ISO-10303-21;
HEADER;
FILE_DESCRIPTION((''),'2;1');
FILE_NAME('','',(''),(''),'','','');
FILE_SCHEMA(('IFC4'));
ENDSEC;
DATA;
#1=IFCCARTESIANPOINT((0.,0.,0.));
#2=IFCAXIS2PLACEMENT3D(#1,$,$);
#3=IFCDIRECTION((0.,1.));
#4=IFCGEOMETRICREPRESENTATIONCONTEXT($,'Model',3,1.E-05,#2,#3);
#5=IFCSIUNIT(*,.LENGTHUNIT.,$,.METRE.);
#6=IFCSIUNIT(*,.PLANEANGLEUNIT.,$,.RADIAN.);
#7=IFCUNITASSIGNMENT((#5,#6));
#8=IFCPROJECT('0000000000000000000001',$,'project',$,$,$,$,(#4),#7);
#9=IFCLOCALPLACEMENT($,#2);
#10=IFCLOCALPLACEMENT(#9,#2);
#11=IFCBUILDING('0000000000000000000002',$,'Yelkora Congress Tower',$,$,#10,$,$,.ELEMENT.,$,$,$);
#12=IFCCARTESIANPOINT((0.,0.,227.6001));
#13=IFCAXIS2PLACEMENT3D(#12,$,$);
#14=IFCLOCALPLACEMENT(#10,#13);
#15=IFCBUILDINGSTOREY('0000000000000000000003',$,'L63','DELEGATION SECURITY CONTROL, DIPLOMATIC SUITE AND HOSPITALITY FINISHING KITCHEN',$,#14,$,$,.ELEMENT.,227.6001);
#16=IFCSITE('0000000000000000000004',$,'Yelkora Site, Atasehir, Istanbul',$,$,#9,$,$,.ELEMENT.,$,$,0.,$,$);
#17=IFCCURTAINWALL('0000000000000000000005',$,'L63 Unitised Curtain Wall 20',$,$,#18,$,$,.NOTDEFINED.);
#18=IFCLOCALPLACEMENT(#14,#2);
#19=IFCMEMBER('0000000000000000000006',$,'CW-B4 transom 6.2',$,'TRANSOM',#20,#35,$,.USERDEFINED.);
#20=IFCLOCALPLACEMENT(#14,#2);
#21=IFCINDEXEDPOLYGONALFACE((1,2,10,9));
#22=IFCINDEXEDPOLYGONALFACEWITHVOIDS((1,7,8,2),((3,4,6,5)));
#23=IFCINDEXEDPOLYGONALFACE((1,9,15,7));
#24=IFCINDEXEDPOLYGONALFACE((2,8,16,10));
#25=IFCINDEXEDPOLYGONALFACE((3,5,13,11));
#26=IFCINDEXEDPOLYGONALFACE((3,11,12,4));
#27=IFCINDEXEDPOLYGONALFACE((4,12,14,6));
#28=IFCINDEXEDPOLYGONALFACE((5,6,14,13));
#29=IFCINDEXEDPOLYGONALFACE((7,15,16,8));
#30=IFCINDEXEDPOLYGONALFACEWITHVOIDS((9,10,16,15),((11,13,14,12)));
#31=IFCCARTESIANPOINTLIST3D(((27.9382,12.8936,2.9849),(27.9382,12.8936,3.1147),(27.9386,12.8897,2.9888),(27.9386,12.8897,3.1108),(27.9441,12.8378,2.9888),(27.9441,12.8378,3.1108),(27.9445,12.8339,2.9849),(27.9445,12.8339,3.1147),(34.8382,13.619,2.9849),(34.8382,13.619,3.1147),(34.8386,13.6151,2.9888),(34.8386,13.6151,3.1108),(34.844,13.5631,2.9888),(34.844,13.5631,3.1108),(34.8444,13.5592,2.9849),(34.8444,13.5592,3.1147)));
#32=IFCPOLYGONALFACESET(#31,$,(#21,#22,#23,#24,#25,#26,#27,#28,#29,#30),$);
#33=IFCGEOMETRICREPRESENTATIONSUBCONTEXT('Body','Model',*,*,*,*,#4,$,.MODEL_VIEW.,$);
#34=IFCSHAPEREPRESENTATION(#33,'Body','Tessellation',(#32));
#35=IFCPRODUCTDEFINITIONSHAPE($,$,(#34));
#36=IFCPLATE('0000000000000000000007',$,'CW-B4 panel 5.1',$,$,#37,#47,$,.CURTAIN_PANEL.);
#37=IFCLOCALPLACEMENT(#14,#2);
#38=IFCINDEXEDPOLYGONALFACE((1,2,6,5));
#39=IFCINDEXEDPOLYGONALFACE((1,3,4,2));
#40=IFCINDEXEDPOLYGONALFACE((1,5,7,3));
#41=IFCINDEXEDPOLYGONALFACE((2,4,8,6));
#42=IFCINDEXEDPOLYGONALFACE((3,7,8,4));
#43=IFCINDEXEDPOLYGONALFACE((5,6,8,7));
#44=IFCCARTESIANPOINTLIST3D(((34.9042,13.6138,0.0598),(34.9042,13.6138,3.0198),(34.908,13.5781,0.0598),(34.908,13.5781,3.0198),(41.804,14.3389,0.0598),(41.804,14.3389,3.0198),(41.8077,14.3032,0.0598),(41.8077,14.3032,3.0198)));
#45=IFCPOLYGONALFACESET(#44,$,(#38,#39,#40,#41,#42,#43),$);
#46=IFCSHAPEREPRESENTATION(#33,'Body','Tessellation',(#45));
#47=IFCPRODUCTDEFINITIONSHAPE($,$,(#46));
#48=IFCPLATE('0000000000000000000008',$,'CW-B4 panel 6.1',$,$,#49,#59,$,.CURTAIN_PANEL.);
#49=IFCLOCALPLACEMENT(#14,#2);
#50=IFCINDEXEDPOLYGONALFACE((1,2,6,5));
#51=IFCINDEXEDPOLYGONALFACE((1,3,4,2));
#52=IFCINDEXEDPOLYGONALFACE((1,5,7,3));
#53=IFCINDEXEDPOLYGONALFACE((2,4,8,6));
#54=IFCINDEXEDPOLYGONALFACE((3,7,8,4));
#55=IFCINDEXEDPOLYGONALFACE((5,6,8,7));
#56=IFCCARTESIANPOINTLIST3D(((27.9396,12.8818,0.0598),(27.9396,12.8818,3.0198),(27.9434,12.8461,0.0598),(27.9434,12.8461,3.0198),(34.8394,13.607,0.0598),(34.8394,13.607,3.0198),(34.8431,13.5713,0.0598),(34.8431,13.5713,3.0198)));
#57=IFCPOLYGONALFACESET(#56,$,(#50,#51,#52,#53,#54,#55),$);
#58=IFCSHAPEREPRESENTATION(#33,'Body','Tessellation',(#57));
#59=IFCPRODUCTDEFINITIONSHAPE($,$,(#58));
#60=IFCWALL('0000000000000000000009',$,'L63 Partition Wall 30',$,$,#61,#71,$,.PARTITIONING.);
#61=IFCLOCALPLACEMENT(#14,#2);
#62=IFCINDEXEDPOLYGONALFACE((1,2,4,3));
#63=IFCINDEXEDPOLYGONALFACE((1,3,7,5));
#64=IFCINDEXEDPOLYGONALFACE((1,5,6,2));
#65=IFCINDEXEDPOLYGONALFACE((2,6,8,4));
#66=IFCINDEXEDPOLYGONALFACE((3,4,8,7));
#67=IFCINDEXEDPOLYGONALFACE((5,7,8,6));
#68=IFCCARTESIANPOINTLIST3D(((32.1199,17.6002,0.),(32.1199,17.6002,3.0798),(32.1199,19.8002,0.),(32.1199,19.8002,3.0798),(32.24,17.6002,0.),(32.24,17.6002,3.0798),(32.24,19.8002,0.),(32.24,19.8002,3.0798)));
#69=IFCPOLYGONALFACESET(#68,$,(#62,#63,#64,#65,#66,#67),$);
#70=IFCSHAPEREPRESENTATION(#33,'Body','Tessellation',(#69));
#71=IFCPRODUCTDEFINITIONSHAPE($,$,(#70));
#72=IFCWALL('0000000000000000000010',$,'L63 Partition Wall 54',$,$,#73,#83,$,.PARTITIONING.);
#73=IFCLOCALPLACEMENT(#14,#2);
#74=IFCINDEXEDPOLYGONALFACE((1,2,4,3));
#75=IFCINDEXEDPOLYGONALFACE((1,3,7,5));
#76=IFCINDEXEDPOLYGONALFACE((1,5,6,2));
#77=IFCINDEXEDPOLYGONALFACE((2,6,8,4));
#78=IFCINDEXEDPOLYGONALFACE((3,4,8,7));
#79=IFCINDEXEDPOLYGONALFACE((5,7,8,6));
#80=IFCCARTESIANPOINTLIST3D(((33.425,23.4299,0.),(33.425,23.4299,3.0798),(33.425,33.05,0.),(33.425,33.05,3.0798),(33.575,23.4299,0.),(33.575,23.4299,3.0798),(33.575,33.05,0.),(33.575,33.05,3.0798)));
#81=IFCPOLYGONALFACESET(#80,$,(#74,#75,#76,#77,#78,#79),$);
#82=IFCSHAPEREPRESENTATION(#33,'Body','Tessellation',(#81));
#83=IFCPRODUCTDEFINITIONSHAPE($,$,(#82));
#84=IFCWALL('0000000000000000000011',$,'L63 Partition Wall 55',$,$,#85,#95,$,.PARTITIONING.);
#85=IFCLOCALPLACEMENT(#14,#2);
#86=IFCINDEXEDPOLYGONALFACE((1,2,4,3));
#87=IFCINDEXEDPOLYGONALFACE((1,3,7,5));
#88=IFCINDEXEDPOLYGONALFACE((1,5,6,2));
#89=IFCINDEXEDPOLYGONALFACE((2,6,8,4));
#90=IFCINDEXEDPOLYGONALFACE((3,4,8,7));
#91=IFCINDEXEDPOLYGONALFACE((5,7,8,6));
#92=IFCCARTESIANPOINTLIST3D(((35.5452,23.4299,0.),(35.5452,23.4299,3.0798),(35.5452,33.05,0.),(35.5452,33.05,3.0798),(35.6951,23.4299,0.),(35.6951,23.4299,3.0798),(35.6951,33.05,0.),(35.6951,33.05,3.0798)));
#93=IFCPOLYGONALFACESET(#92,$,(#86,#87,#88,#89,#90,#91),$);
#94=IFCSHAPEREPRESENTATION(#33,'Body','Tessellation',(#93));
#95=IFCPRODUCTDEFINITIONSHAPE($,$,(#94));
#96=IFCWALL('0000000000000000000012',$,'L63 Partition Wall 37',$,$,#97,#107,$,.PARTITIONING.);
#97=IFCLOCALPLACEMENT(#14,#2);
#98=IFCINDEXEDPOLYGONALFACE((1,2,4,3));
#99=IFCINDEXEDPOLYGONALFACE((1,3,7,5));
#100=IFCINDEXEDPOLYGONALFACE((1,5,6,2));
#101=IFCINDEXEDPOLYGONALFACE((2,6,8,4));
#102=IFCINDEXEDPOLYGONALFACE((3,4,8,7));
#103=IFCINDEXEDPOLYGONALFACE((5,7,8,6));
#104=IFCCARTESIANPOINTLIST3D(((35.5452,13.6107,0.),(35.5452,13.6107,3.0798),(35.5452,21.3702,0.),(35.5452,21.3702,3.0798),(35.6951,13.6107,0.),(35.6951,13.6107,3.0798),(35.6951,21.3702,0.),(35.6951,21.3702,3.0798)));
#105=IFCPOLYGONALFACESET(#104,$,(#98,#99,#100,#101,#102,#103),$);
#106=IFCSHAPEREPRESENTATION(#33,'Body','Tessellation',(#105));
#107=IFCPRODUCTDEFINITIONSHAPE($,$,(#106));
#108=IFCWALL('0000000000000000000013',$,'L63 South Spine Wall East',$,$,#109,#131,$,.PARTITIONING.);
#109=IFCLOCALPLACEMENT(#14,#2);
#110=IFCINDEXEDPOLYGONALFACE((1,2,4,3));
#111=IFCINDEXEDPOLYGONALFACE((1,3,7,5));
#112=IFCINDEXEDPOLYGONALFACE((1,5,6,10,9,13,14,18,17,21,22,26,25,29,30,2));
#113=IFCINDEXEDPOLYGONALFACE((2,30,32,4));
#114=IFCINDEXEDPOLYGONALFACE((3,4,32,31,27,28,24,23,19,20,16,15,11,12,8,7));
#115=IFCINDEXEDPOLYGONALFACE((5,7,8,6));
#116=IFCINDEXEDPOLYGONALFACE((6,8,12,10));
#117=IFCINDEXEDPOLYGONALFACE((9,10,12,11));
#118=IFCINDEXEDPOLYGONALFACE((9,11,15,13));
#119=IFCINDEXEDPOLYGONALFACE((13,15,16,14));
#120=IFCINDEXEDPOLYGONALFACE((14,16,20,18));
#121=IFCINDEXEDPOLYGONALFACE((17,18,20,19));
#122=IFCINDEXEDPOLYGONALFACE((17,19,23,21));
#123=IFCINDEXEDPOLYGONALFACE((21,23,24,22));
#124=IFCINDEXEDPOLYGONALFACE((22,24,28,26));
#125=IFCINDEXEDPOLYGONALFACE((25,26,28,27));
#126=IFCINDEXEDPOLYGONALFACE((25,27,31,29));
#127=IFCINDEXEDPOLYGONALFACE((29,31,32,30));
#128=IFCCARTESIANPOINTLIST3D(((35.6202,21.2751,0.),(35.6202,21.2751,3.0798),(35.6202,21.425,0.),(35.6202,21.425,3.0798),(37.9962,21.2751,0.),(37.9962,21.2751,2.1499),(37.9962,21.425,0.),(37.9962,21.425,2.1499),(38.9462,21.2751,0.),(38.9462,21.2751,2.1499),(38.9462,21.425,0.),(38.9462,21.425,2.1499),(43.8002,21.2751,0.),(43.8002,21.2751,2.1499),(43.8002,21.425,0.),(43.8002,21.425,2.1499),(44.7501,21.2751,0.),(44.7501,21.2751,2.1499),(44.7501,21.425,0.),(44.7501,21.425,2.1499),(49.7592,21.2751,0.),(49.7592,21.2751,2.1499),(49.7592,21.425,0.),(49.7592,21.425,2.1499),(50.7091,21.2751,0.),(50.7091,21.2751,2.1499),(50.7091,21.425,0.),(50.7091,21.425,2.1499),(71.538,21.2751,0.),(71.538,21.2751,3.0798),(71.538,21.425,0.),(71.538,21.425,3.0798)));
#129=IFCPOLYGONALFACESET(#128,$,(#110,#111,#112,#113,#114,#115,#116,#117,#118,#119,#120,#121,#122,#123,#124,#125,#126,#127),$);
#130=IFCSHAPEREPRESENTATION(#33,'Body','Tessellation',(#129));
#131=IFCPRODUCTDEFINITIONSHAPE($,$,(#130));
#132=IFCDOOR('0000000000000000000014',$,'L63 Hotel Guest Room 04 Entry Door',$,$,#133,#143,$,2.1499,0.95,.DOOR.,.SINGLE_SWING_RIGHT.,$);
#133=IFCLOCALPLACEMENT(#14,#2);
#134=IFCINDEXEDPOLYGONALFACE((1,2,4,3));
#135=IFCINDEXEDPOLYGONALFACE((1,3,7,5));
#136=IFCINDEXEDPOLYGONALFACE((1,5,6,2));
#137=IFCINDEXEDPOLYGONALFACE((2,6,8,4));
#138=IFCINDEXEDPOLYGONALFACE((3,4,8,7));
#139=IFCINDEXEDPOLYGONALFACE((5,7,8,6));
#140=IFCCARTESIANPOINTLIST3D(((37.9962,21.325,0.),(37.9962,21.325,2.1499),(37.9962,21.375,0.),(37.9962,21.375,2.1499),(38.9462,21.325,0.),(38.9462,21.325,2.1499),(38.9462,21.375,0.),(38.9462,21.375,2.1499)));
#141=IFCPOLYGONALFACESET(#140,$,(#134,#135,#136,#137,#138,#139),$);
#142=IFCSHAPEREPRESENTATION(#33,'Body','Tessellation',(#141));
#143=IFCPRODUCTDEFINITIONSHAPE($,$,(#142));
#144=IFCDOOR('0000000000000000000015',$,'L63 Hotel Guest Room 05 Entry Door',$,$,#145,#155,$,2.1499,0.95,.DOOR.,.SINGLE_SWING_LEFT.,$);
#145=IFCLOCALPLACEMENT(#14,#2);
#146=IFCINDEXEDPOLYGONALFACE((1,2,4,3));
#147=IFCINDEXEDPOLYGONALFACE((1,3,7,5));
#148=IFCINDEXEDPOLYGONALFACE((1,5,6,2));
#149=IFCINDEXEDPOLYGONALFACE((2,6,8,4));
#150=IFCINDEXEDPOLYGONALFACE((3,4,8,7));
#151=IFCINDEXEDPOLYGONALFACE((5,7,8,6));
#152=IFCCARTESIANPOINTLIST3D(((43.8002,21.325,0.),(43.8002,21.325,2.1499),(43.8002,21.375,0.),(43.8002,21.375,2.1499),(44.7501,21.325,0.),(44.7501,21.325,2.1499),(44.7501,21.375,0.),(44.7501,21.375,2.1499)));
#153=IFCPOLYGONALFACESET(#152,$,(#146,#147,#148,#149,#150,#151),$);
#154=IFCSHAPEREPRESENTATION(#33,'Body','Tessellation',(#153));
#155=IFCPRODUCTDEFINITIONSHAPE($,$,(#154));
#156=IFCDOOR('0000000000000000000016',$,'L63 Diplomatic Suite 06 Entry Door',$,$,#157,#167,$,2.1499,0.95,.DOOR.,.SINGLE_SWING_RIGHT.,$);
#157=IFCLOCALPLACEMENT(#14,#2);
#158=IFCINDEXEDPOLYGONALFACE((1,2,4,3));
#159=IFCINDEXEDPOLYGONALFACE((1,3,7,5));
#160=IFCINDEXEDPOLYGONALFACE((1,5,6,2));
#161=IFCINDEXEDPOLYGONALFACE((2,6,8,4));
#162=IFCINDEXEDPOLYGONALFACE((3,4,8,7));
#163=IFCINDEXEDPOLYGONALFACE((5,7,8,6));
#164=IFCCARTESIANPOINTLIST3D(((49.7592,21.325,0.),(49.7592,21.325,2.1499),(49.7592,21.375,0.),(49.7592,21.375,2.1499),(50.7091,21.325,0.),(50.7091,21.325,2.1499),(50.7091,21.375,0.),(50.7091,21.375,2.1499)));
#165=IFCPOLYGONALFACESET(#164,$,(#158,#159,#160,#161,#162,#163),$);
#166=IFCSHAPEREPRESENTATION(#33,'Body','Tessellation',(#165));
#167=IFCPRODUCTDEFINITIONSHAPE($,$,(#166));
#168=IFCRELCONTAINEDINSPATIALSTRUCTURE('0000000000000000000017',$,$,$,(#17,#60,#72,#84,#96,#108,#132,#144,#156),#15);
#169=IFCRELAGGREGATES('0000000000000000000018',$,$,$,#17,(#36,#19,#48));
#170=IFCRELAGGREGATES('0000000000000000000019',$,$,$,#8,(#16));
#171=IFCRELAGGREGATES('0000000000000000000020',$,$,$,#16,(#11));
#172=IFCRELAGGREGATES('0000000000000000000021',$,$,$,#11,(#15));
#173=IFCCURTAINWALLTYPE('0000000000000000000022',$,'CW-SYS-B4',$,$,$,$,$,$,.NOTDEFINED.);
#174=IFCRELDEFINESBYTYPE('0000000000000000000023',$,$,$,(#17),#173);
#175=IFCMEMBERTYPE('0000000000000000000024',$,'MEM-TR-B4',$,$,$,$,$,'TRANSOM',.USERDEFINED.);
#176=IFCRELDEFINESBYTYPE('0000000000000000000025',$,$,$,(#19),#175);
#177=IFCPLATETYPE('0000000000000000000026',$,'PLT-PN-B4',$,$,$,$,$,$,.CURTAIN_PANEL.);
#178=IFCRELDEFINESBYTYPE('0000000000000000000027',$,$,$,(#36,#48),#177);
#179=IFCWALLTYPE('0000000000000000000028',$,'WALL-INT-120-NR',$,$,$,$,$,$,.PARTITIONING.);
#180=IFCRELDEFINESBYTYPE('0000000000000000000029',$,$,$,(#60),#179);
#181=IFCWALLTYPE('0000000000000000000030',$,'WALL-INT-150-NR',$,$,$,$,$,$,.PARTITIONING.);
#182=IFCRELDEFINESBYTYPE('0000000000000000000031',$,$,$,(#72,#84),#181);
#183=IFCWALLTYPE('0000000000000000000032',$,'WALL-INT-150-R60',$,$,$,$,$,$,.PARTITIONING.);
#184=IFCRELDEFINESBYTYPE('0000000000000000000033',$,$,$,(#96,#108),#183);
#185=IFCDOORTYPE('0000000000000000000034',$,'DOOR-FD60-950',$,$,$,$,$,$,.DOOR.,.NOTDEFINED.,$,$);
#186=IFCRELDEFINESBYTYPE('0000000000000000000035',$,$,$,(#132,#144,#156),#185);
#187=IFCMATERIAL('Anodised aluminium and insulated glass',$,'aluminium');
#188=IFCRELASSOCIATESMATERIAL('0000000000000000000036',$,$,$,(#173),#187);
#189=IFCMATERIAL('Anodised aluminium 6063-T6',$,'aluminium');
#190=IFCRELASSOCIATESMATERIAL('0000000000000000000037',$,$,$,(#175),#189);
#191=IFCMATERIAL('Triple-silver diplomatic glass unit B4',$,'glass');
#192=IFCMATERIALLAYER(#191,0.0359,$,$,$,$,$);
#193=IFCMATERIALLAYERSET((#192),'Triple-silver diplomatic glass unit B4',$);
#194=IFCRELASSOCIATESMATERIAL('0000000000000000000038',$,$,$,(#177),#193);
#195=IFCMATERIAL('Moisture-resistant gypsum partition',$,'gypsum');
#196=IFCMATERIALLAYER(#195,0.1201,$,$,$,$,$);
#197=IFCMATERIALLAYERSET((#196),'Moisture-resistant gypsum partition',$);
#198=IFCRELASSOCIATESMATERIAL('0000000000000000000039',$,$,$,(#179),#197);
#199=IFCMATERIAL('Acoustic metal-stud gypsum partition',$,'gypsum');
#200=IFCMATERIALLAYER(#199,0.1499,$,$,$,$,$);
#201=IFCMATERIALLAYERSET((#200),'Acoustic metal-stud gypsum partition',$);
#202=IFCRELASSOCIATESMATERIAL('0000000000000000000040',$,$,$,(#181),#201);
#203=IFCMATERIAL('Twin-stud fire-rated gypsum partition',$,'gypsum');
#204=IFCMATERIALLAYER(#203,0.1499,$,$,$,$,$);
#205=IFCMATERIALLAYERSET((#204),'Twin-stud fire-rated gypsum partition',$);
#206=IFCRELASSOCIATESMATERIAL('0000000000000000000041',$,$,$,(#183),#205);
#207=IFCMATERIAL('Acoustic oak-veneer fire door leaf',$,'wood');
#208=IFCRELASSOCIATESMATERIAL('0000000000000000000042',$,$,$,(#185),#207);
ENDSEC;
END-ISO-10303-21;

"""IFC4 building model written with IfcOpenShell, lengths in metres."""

from ifc_helpers import new_model, si_unit, direction, frame, frame_2d, origin, origin_2d, place, context, subcontext, project, spatial, rectangle, hollow_rectangle, extrude, material, layer, layer_set, material_profile, profile_set, type_object, element, fill, aggregate, save


model = new_model("IFC4")

# Units and contexts
model_context = context("Model", 3, precision=1e-05, world=origin(), true_north=direction((0.0, 1.0)))
body_context = subcontext(model_context, "Body", "Model", "MODEL_VIEW")
ifc_project = project(units=[si_unit("LENGTHUNIT", "METRE"), si_unit("PLANEANGLEUNIT", "RADIAN")], contexts=[model_context])

# Site, building, storey
site_placement = place(None, origin())
site = spatial("IfcSite", under=ifc_project, at=site_placement, Name="Yelkora Site, Atasehir, Istanbul", CompositionType="ELEMENT", RefElevation=0.0)
building_placement = place(site_placement, origin())
building = spatial("IfcBuilding", under=site, at=building_placement, Name="Yelkora Congress Tower", CompositionType="ELEMENT")
storey_placement = place(building_placement, frame((0.0, 0.0, 227.6001)))
storey = spatial("IfcBuildingStorey", under=building, at=storey_placement, Name="L63", Description="DELEGATION SECURITY CONTROL, DIPLOMATIC SUITE AND HOSPITALITY FINISHING KITCHEN", CompositionType="ELEMENT", Elevation=227.6001)

# Curtain wall, member, plates
ifc_material_1 = material(Name="Anodised aluminium and insulated glass", Category="aluminium")
curtain_wall_type = type_object("IfcCurtainWallType", Name="CW-SYS-B4", PredefinedType="NOTDEFINED", material=ifc_material_1)
curtain_wall_placement = place(storey_placement, origin())
curtain_wall = element("IfcCurtainWall", 1, at=curtain_wall_placement, inside=storey, type_object=curtain_wall_type, Name="L63 Unitised Curtain Wall 20", PredefinedType="NOTDEFINED")
ifc_material_2 = material(Name="Anodised aluminium 6063-T6", Category="aluminium")
ifc_material_profile_1 = material_profile(ifc_material_2, hollow_rectangle(XDim=0.0601, YDim=0.1299, WallThickness=0.0039, at=origin_2d()), Name="ALU 60x130x4")
ifc_profile_set_1 = profile_set([ifc_material_profile_1], Name="Anodised aluminium 6063-T6")
member_type_1 = type_object("IfcMemberType", Name="MEM-TR-B4", ElementType="TRANSOM", PredefinedType="USERDEFINED", material=ifc_profile_set_1)
member_1_placement = place(storey_placement, frame((34.8413, 13.5891, 3.0498), z_axis=(-0.99452, -0.104547, 0.0), x_axis=(0.104547, -0.99452, 0.0)))
member_1 = element("IfcMember", 2, at=member_1_placement, type_object=member_type_1, Name="CW-B4 transom 6.2", ObjectType="TRANSOM", PredefinedType="USERDEFINED", context=body_context, shape_type="SweptSolid", body=[
    extrude(hollow_rectangle(XDim=0.0601, YDim=0.1299, WallThickness=0.0039, at=origin_2d()), origin(), (0.0, 0.0, 1.0), 6.938),
])
ifc_material_3 = material(Name="Triple-silver diplomatic glass unit B4", Category="glass")
ifc_layer_1 = layer(ifc_material_3, 0.0359)
ifc_layer_set_1 = layer_set([ifc_layer_1], Name="Triple-silver diplomatic glass unit B4")
plate_type = type_object("IfcPlateType", Name="PLT-PN-B4", PredefinedType="CURTAIN_PANEL", material=ifc_layer_set_1)
plate_1_placement = place(storey_placement, frame((38.356, 13.9585, 0.0598), z_axis=(0.0, 0.0, 1.0), x_axis=(-0.994522, -0.104527, 0.0)))
plate_1 = element("IfcPlate", 3, at=plate_1_placement, type_object=plate_type, Name="CW-B4 panel 5.1", PredefinedType="CURTAIN_PANEL", context=body_context, shape_type="SweptSolid", body=[
    extrude(rectangle(XDim=6.9377, YDim=0.0359, at=origin_2d()), origin(), (0.0, 0.0, 1.0), 2.96),
])
plate_2_placement = place(storey_placement, frame((31.3914, 13.2266, 0.0598), z_axis=(0.0, 0.0, 1.0), x_axis=(-0.994522, -0.104527, 0.0)))
plate_2 = element("IfcPlate", 4, at=plate_2_placement, type_object=plate_type, Name="CW-B4 panel 6.1", PredefinedType="CURTAIN_PANEL", context=body_context, shape_type="SweptSolid", body=[
    extrude(rectangle(XDim=6.9377, YDim=0.0359, at=origin_2d()), origin(), (0.0, 0.0, 1.0), 2.96),
])
aggregate(curtain_wall, [plate_1, member_1, plate_2])

# Walls
ifc_material_4 = material(Name="Moisture-resistant gypsum partition", Category="gypsum")
ifc_layer_2 = layer(ifc_material_4, 0.1201)
ifc_layer_set_2 = layer_set([ifc_layer_2], Name="Moisture-resistant gypsum partition")
wall_type_1 = type_object("IfcWallType", Name="WALL-INT-120-NR", PredefinedType="PARTITIONING", material=ifc_layer_set_2)
wall_1_placement = place(storey_placement, frame((32.1799, 17.6001, 0.0), z_axis=(0.0, 0.0, 1.0), x_axis=(0.0, 1.0, 0.0)))
element("IfcWall", 5, at=wall_1_placement, inside=storey, type_object=wall_type_1, Name="L63 Partition Wall 30", PredefinedType="PARTITIONING", context=body_context, shape_type="SweptSolid", body=[
    extrude(rectangle(XDim=2.2, YDim=0.1201, at=frame_2d((1.1001, 0.0))), origin(), (0.0, 0.0, 1.0), 3.0798),
])
ifc_material_5 = material(Name="Acoustic metal-stud gypsum partition", Category="gypsum")
ifc_layer_3 = layer(ifc_material_5, 0.1499)
ifc_layer_set_3 = layer_set([ifc_layer_3], Name="Acoustic metal-stud gypsum partition")
wall_type_2 = type_object("IfcWallType", Name="WALL-INT-150-NR", PredefinedType="PARTITIONING", material=ifc_layer_set_3)
for number, where, z_axis, x_axis, name in (
    (6, (33.5, 23.4299, 0.0), (0.0, 0.0, 1.0), (0.0, 1.0, 0.0), "L63 Partition Wall 54"),
    (7, (35.6201, 23.4299, 0.0), (0.0, 0.0, 1.0), (0.0, 1.0, 0.0), "L63 Partition Wall 55"),
):
    element("IfcWall", number, at=place(storey_placement, frame(where, z_axis=z_axis, x_axis=x_axis)), inside=storey, type_object=wall_type_2, Name=name, PredefinedType="PARTITIONING", context=body_context, shape_type="SweptSolid", body=[
        extrude(rectangle(XDim=9.6201, YDim=0.1499, at=frame_2d((4.8101, 0.0))), origin(), (0.0, 0.0, 1.0), 3.0798),
    ])

# Wall
ifc_material_6 = material(Name="Twin-stud fire-rated gypsum partition", Category="gypsum")
ifc_layer_4 = layer(ifc_material_6, 0.1499)
ifc_layer_set_4 = layer_set([ifc_layer_4], Name="Twin-stud fire-rated gypsum partition")
wall_type_3 = type_object("IfcWallType", Name="WALL-INT-150-R60", PredefinedType="PARTITIONING", material=ifc_layer_set_4)
wall_2_placement = place(storey_placement, frame((35.6201, 13.6106, 0.0), z_axis=(0.0, 0.0, 1.0), x_axis=(0.0, 1.0, 0.0)))
element("IfcWall", 8, at=wall_2_placement, inside=storey, type_object=wall_type_3, Name="L63 Partition Wall 37", PredefinedType="PARTITIONING", context=body_context, shape_type="SweptSolid", body=[
    extrude(rectangle(XDim=7.7595, YDim=0.1499, at=frame_2d((3.8799, 0.0))), origin(), (0.0, 0.0, 1.0), 3.0798),
])

# Wall, openings, doors
wall_3_placement = place(storey_placement, frame((35.6201, 21.3501, 0.0), z_axis=(0.0, 0.0, 1.0), x_axis=(1.0, 0.0, 0.0)))
wall_3 = element("IfcWall", 9, at=wall_3_placement, inside=storey, type_object=wall_type_3, Name="L63 South Spine Wall East", PredefinedType="PARTITIONING", context=body_context, shape_type="SweptSolid", body=[
    extrude(rectangle(XDim=35.9177, YDim=0.1499, at=frame_2d((17.959, 0.0))), origin(), (0.0, 0.0, 1.0), 3.0798),
])
opening_1_placement = place(wall_3_placement, frame((2.376, 0.0, 0.0)))
opening_1 = element("IfcOpeningElement", 10, at=opening_1_placement, cuts=wall_3, PredefinedType="OPENING", context=body_context, shape_type="SweptSolid", body=[
    extrude(rectangle(XDim=0.95, YDim=2.1499, at=frame_2d((0.4751, 1.075))), frame((0.0, 0.085, 0.0), z_axis=(0.0, -1.0, 0.0), x_axis=(1.0, 0.0, 0.0)), (0.0, 0.0, 1.0), 0.1699),
])
opening_2_placement = place(wall_3_placement, frame((8.1799, 0.0, 0.0)))
opening_2 = element("IfcOpeningElement", 11, at=opening_2_placement, cuts=wall_3, PredefinedType="OPENING", context=body_context, shape_type="SweptSolid", body=[
    extrude(rectangle(XDim=0.95, YDim=2.1499, at=frame_2d((0.4751, 1.075))), frame((0.0, 0.085, 0.0), z_axis=(0.0, -1.0, 0.0), x_axis=(1.0, 0.0, 0.0)), (0.0, 0.0, 1.0), 0.1699),
])
opening_3_placement = place(wall_3_placement, frame((14.1389, 0.0, 0.0)))
opening_3 = element("IfcOpeningElement", 12, at=opening_3_placement, cuts=wall_3, PredefinedType="OPENING", context=body_context, shape_type="SweptSolid", body=[
    extrude(rectangle(XDim=0.95, YDim=2.1499, at=frame_2d((0.4751, 1.075))), frame((0.0, 0.085, 0.0), z_axis=(0.0, -1.0, 0.0), x_axis=(1.0, 0.0, 0.0)), (0.0, 0.0, 1.0), 0.1699),
])
ifc_material_7 = material(Name="Acoustic oak-veneer fire door leaf", Category="wood")
door_type_1 = type_object("IfcDoorType", Name="DOOR-FD60-950", OperationType="NOTDEFINED", PredefinedType="DOOR", material=ifc_material_7)
door_1_placement = place(opening_1_placement, origin())
door_1 = element("IfcDoor", 13, at=door_1_placement, inside=storey, type_object=door_type_1, Name="L63 Hotel Guest Room 04 Entry Door", OperationType="SINGLE_SWING_RIGHT", OverallHeight=2.1499, OverallWidth=0.95, PredefinedType="DOOR", context=body_context, shape_type="SweptSolid", body=[
    extrude(rectangle(XDim=0.95, YDim=2.1499, at=frame_2d((0.4751, 1.075))), frame((0.0, 0.0249, 0.0), z_axis=(0.0, -1.0, 0.0), x_axis=(1.0, 0.0, 0.0)), (0.0, 0.0, 1.0), 0.05),
])
fill(opening_1, door_1)
door_2_placement = place(opening_2_placement, origin())
door_2 = element("IfcDoor", 14, at=door_2_placement, inside=storey, type_object=door_type_1, Name="L63 Hotel Guest Room 05 Entry Door", OperationType="SINGLE_SWING_LEFT", OverallHeight=2.1499, OverallWidth=0.95, PredefinedType="DOOR", context=body_context, shape_type="SweptSolid", body=[
    extrude(rectangle(XDim=0.95, YDim=2.1499, at=frame_2d((0.4751, 1.075))), frame((0.0, 0.0249, 0.0), z_axis=(0.0, -1.0, 0.0), x_axis=(1.0, 0.0, 0.0)), (0.0, 0.0, 1.0), 0.05),
])
fill(opening_2, door_2)
door_3_placement = place(opening_3_placement, origin())
door_3 = element("IfcDoor", 15, at=door_3_placement, inside=storey, type_object=door_type_1, Name="L63 Diplomatic Suite 06 Entry Door", OperationType="SINGLE_SWING_RIGHT", OverallHeight=2.1499, OverallWidth=0.95, PredefinedType="DOOR", context=body_context, shape_type="SweptSolid", body=[
    extrude(rectangle(XDim=0.95, YDim=2.1499, at=frame_2d((0.4751, 1.075))), frame((0.0, 0.0249, 0.0), z_axis=(0.0, -1.0, 0.0), x_axis=(1.0, 0.0, 0.0)), (0.0, 0.0, 1.0), 0.05),
])
fill(opening_3, door_3)

save(model, "model.ifc")
